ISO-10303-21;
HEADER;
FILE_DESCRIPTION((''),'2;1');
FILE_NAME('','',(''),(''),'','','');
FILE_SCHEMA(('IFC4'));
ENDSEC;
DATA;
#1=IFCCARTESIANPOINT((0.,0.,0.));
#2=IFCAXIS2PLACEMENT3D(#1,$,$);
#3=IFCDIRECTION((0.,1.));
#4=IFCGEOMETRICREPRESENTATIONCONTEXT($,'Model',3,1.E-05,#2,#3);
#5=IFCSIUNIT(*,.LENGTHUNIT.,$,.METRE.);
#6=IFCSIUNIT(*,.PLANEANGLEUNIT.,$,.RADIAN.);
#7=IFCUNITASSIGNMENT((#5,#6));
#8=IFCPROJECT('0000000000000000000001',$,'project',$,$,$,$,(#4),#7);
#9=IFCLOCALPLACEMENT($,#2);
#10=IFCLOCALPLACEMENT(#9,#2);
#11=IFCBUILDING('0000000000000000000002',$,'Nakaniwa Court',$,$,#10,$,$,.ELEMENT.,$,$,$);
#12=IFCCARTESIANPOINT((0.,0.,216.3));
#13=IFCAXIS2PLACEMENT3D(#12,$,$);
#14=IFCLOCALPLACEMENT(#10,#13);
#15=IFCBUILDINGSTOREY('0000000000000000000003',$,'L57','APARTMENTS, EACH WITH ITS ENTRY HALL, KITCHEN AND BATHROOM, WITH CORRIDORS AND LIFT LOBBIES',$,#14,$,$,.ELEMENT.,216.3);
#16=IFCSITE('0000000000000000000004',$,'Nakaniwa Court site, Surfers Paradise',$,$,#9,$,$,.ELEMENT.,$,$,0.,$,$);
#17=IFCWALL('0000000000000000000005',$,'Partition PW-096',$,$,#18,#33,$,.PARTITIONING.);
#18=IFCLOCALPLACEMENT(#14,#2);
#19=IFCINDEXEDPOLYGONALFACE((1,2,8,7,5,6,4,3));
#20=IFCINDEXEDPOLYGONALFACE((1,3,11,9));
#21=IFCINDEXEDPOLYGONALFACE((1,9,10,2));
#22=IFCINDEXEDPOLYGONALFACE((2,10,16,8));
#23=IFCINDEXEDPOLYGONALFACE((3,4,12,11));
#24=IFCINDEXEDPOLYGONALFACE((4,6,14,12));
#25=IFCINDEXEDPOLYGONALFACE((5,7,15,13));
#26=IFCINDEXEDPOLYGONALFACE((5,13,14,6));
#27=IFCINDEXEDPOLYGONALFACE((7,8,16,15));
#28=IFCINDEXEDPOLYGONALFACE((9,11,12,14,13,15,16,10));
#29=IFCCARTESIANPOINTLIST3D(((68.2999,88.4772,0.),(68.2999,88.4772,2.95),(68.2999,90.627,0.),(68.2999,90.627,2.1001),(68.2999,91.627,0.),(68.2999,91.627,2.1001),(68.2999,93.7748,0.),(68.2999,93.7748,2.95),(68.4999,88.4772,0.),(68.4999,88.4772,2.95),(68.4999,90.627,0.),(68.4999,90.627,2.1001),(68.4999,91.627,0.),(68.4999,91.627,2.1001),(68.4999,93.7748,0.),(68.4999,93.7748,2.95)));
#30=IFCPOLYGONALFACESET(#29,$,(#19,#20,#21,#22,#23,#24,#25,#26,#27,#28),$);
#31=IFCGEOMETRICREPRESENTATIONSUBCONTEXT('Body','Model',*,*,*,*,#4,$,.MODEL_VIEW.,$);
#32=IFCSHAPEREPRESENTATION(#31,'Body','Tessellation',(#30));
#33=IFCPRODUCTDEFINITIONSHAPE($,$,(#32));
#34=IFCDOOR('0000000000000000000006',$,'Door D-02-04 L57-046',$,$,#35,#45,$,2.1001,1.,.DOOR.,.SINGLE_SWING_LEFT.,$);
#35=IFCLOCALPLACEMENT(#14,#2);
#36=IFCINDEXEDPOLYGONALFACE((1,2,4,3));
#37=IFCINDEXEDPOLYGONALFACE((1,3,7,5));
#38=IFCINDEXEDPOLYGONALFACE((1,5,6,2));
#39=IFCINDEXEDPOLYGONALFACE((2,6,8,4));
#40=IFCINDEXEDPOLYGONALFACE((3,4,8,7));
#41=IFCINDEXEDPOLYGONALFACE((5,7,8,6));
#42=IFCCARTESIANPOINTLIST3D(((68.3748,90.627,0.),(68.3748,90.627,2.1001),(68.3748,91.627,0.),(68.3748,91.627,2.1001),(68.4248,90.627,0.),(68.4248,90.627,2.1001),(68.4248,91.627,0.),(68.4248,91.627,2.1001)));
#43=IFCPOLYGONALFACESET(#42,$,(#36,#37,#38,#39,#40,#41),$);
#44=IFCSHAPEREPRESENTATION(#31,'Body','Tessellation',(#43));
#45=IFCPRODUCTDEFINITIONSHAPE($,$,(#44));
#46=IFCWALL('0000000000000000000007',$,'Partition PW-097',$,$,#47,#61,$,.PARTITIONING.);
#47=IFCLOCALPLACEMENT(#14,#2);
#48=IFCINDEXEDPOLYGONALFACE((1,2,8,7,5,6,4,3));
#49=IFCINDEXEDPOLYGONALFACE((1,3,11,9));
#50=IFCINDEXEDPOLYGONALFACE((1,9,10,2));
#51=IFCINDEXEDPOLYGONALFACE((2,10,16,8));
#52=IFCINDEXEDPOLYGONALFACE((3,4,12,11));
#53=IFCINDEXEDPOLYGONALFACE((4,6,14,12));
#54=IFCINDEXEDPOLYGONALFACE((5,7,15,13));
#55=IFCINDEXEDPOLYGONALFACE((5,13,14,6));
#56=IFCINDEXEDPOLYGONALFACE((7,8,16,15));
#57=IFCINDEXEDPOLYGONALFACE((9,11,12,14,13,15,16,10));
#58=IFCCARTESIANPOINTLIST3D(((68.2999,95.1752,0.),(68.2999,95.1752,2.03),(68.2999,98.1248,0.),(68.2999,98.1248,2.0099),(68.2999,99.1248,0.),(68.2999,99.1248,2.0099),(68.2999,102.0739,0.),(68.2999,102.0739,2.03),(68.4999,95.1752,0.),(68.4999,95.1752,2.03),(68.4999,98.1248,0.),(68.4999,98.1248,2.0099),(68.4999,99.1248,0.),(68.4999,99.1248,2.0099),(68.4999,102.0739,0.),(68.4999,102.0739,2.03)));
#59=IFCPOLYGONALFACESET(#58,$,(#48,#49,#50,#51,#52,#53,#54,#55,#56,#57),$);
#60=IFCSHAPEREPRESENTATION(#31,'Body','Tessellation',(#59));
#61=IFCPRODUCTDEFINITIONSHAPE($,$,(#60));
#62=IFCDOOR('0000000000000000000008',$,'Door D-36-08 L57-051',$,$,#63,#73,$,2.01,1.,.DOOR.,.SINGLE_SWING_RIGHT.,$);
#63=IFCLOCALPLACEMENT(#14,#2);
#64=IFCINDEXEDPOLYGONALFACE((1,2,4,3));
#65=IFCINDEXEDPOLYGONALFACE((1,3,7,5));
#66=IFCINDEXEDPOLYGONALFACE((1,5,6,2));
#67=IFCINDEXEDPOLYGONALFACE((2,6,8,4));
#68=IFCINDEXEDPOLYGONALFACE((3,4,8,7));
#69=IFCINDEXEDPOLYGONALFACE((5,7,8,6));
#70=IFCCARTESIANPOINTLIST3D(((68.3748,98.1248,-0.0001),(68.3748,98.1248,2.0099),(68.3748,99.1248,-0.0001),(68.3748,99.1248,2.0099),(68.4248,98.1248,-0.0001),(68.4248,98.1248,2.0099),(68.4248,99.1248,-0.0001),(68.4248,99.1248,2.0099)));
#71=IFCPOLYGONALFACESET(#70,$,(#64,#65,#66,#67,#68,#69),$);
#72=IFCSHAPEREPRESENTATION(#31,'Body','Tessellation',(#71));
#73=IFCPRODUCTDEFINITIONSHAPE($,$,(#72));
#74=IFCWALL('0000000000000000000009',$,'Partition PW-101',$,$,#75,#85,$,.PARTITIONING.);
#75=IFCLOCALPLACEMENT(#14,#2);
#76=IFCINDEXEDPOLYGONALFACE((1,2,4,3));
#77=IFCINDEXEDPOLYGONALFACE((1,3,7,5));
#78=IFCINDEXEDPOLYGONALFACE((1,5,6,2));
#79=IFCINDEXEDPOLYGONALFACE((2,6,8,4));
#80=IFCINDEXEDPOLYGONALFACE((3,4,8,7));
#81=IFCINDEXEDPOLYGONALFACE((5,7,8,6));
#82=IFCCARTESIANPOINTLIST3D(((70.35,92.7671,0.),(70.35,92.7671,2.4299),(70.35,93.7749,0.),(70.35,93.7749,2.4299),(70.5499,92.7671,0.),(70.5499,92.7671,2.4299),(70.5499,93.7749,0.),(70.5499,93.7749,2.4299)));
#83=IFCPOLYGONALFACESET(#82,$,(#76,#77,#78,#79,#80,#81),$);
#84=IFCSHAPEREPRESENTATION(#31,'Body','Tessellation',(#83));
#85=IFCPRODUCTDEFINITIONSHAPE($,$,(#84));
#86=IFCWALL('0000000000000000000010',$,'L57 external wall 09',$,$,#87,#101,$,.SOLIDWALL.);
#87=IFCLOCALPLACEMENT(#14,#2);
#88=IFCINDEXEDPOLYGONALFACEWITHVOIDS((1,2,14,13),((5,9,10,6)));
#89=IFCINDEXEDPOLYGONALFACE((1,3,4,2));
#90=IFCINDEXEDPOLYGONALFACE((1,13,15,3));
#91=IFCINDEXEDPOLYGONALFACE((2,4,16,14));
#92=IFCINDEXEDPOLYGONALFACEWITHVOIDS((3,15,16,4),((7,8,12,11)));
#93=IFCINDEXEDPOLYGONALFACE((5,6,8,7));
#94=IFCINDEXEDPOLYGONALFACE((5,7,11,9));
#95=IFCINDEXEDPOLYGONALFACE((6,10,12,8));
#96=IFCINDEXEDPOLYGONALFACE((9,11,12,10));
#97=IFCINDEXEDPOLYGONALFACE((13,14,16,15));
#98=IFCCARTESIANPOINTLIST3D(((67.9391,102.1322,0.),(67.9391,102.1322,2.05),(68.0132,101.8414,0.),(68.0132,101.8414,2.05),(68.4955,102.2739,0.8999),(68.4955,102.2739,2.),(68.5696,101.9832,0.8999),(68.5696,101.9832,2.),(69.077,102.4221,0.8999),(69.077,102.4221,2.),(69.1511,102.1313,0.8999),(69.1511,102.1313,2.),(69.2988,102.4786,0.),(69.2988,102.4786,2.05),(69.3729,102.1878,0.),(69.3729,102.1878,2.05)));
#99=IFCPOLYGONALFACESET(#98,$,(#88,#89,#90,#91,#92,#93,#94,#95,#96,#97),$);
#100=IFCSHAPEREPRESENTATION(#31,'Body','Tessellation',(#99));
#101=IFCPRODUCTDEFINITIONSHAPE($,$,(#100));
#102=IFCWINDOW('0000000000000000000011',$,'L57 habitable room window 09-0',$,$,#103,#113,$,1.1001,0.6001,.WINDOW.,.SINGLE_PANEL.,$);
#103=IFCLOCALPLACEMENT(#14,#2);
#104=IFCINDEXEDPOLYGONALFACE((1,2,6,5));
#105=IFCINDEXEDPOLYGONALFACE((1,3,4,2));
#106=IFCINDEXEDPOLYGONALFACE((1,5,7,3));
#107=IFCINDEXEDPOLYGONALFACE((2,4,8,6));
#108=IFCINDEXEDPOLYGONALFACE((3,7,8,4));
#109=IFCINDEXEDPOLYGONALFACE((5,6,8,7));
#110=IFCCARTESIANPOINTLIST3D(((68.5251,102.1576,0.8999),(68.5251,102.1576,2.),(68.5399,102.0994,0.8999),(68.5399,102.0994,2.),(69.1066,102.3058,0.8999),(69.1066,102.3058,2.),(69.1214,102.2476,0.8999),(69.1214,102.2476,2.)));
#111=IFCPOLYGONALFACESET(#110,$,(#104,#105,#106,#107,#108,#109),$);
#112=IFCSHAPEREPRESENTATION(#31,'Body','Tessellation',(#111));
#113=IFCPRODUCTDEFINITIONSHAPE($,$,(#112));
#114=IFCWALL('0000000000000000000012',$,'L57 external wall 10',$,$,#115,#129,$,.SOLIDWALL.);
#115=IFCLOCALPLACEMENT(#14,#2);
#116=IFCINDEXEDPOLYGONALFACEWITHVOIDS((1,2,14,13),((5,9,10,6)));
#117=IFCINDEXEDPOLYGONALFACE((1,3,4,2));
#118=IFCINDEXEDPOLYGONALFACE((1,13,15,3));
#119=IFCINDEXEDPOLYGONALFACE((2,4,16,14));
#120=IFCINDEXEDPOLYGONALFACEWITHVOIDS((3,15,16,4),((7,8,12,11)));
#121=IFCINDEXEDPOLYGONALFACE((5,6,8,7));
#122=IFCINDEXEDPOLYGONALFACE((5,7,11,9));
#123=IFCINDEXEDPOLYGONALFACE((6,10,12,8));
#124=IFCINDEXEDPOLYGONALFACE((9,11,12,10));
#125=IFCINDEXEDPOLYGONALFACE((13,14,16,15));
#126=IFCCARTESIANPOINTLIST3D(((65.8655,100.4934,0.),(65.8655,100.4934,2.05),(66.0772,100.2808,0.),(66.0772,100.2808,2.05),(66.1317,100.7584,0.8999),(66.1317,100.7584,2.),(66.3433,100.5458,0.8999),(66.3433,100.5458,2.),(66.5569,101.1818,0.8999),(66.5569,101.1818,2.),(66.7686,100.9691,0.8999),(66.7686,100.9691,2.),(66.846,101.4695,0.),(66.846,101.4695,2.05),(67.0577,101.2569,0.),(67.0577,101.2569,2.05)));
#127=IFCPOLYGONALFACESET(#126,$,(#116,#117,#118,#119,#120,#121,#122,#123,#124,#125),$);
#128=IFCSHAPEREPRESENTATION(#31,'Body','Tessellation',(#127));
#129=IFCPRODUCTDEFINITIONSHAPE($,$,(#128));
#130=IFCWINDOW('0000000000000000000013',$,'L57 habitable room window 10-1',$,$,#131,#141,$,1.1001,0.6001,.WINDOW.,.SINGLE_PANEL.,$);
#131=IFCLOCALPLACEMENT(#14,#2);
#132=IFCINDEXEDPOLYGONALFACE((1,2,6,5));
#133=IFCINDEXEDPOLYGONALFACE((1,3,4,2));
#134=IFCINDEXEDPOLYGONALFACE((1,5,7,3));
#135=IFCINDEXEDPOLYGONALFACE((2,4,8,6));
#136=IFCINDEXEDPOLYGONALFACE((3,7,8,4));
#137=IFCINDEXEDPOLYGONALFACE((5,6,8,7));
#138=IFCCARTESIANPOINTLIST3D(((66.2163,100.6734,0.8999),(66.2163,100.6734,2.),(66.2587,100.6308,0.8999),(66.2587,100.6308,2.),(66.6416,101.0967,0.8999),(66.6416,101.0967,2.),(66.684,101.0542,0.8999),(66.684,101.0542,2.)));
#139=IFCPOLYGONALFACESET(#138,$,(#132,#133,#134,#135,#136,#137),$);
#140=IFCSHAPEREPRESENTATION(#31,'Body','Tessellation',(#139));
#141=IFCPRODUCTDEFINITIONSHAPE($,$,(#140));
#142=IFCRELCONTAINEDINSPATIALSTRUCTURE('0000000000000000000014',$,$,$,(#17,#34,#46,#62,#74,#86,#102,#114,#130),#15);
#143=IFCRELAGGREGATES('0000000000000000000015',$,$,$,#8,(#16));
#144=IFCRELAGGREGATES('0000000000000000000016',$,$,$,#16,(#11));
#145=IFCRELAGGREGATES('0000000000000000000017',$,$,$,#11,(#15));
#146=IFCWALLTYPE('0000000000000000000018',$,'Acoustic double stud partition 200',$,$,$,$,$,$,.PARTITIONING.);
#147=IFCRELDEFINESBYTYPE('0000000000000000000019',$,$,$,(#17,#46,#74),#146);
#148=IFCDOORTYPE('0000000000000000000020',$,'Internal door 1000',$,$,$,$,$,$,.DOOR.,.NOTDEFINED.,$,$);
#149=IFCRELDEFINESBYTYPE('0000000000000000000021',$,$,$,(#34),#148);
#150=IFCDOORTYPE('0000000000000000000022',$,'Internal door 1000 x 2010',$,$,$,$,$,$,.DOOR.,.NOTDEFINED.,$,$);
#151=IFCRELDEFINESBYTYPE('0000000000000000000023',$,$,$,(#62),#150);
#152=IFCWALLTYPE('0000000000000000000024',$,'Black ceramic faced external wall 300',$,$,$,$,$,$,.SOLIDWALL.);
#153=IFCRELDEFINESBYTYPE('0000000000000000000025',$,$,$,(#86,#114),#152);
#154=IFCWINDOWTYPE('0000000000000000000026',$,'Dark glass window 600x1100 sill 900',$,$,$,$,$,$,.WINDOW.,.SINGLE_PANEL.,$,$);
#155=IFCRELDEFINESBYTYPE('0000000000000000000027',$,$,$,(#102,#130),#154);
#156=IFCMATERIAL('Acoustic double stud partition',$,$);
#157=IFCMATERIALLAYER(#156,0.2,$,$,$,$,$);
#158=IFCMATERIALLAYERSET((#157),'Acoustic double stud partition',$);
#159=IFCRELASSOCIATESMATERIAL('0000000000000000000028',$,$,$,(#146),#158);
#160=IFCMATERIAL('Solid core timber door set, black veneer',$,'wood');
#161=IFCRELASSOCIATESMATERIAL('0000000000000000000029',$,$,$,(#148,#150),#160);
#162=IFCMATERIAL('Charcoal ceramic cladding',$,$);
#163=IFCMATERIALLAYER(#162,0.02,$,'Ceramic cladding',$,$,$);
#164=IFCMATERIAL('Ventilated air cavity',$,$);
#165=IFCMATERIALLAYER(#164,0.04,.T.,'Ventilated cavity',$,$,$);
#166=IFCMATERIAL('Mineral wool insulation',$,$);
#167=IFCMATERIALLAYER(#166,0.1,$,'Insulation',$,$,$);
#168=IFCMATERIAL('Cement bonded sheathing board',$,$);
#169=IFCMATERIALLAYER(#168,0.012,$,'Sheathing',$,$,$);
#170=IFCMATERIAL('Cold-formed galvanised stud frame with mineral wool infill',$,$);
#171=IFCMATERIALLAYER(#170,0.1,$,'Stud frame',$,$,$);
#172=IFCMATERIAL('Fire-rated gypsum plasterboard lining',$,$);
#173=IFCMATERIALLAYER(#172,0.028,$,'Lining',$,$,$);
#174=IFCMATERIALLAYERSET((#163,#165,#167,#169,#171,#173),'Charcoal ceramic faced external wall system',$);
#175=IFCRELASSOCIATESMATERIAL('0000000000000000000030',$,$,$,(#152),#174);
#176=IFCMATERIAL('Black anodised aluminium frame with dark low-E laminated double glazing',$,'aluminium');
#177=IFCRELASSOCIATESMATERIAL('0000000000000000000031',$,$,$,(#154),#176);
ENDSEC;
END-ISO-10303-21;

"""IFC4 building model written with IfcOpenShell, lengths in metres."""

from ifc_helpers import new_model, si_unit, direction, frame, frame_2d, origin, place, context, subcontext, project, spatial, rectangle, extrude, material, layer, layer_set, type_object, element, fill, save


model = new_model("IFC4")

# Units and contexts
model_context = context("Model", 3, precision=1e-05, world=origin(), true_north=direction((0.0, 1.0)))
body_context = subcontext(model_context, "Body", "Model", "MODEL_VIEW")
ifc_project = project(units=[si_unit("LENGTHUNIT", "METRE"), si_unit("PLANEANGLEUNIT", "RADIAN")], contexts=[model_context])

# Site, building, storey
site_placement = place(None, origin())
site = spatial("IfcSite", under=ifc_project, at=site_placement, Name="Nakaniwa Court site, Surfers Paradise", CompositionType="ELEMENT", RefElevation=0.0)
building_placement = place(site_placement, origin())
building = spatial("IfcBuilding", under=site, at=building_placement, Name="Nakaniwa Court", CompositionType="ELEMENT")
storey_placement = place(building_placement, frame((0.0, 0.0, 216.3)))
storey = spatial("IfcBuildingStorey", under=building, at=storey_placement, Name="L57", Description="APARTMENTS, EACH WITH ITS ENTRY HALL, KITCHEN AND BATHROOM, WITH CORRIDORS AND LIFT LOBBIES", CompositionType="ELEMENT", Elevation=216.3)

# Shared definitions
ifc_material_1 = material(Name="Acoustic double stud partition")
ifc_layer_1 = layer(ifc_material_1, 0.2)
ifc_layer_set_1 = layer_set([ifc_layer_1], Name="Acoustic double stud partition")
wall_type_1 = type_object("IfcWallType", Name="Acoustic double stud partition 200", PredefinedType="PARTITIONING", material=ifc_layer_set_1)

# Walls, openings, doors
wall_1_placement = place(storey_placement, frame((68.3999, 93.7749, 0.0), z_axis=(0.0, 0.0, 1.0), x_axis=(0.0, -1.0, 0.0)))
wall_1 = element("IfcWall", 1, at=wall_1_placement, inside=storey, type_object=wall_type_1, Name="Partition PW-096", PredefinedType="PARTITIONING", context=body_context, shape_type="SweptSolid", body=[
    extrude(rectangle(XDim=5.2976, YDim=0.2, at=frame_2d((2.6489, 0.0))), origin(), (0.0, 0.0, 1.0), 2.95),
])
opening_1_placement = place(wall_1_placement, frame((2.1479, 0.0, 0.0)))
opening_1 = element("IfcOpeningElement", 2, at=opening_1_placement, cuts=wall_1, PredefinedType="OPENING", context=body_context, shape_type="SweptSolid", body=[
    extrude(rectangle(XDim=1.0, YDim=2.1001, at=frame_2d((0.5, 1.05))), frame((0.0, 0.1099, 0.0), z_axis=(0.0, -1.0, 0.0), x_axis=(1.0, 0.0, 0.0)), (0.0, 0.0, 1.0), 0.22),
])
ifc_material_2 = material(Name="Solid core timber door set, black veneer", Category="wood")
door_type_1 = type_object("IfcDoorType", Name="Internal door 1000", OperationType="NOTDEFINED", PredefinedType="DOOR", material=ifc_material_2)
door_1_placement = place(opening_1_placement, origin())
door_1 = element("IfcDoor", 3, at=door_1_placement, inside=storey, type_object=door_type_1, Name="Door D-02-04 L57-046", OperationType="SINGLE_SWING_LEFT", OverallHeight=2.1001, OverallWidth=1.0, PredefinedType="DOOR", context=body_context, shape_type="SweptSolid", body=[
    extrude(rectangle(XDim=1.0, YDim=2.1001, at=frame_2d((0.5, 1.05))), frame((0.0, 0.0249, 0.0), z_axis=(0.0, -1.0, 0.0), x_axis=(1.0, 0.0, 0.0)), (0.0, 0.0, 1.0), 0.05),
])
fill(opening_1, door_1)
wall_2_placement = place(storey_placement, frame((68.3999, 102.0737, 0.0), z_axis=(0.0, 0.0, 1.0), x_axis=(0.0, -1.0, 0.0)))
wall_2 = element("IfcWall", 4, at=wall_2_placement, inside=storey, type_object=wall_type_1, Name="Partition PW-097", PredefinedType="PARTITIONING", context=body_context, shape_type="SweptSolid", body=[
    extrude(rectangle(XDim=6.8987, YDim=0.2, at=frame_2d((3.4492, 0.0))), origin(), (0.0, 0.0, 1.0), 2.03),
])
opening_2_placement = place(wall_2_placement, frame((2.949, 0.0, 0.0)))
opening_2 = element("IfcOpeningElement", 5, at=opening_2_placement, cuts=wall_2, PredefinedType="OPENING", context=body_context, shape_type="SweptSolid", body=[
    extrude(rectangle(XDim=1.0, YDim=2.01, at=frame_2d((0.5, 1.0049))), frame((0.0, 0.1099, 0.0), z_axis=(0.0, -1.0, 0.0), x_axis=(1.0, 0.0, 0.0)), (0.0, 0.0, 1.0), 0.22),
])
door_type_2 = type_object("IfcDoorType", Name="Internal door 1000 x 2010", OperationType="NOTDEFINED", PredefinedType="DOOR", material=ifc_material_2)
door_2_placement = place(opening_2_placement, origin())
door_2 = element("IfcDoor", 6, at=door_2_placement, inside=storey, type_object=door_type_2, Name="Door D-36-08 L57-051", OperationType="SINGLE_SWING_RIGHT", OverallHeight=2.01, OverallWidth=1.0, PredefinedType="DOOR", context=body_context, shape_type="SweptSolid", body=[
    extrude(rectangle(XDim=1.0, YDim=2.01, at=frame_2d((0.5, 1.0049))), frame((0.0, 0.0249, 0.0), z_axis=(0.0, -1.0, 0.0), x_axis=(1.0, 0.0, 0.0)), (0.0, 0.0, 1.0), 0.05),
])
fill(opening_2, door_2)

# Wall
wall_3_placement = place(storey_placement, frame((70.45, 92.7671, 0.0), z_axis=(0.0, 0.0, 1.0), x_axis=(0.0, 1.0, 0.0)))
element("IfcWall", 7, at=wall_3_placement, inside=storey, type_object=wall_type_1, Name="Partition PW-101", PredefinedType="PARTITIONING", context=body_context, shape_type="SweptSolid", body=[
    extrude(rectangle(XDim=1.0078, YDim=0.2, at=frame_2d((0.5039, 0.0))), origin(), (0.0, 0.0, 1.0), 2.4299),
])

# Walls, openings, windows
ifc_material_3 = material(Name="Charcoal ceramic cladding")
ifc_layer_2 = layer(ifc_material_3, 0.02, Name="Ceramic cladding")
ifc_material_4 = material(Name="Ventilated air cavity")
ifc_layer_3 = layer(ifc_material_4, 0.04, ventilated=True, Name="Ventilated cavity")
ifc_material_5 = material(Name="Mineral wool insulation")
ifc_layer_4 = layer(ifc_material_5, 0.1, Name="Insulation")
ifc_material_6 = material(Name="Cement bonded sheathing board")
ifc_layer_5 = layer(ifc_material_6, 0.012, Name="Sheathing")
ifc_material_7 = material(Name="Cold-formed galvanised stud frame with mineral wool infill")
ifc_layer_6 = layer(ifc_material_7, 0.1, Name="Stud frame")
ifc_material_8 = material(Name="Fire-rated gypsum plasterboard lining")
ifc_layer_7 = layer(ifc_material_8, 0.028, Name="Lining")
ifc_layer_set_2 = layer_set([ifc_layer_2, ifc_layer_3, ifc_layer_4, ifc_layer_5, ifc_layer_6, ifc_layer_7], Name="Charcoal ceramic faced external wall system")
wall_type_2 = type_object("IfcWallType", Name="Black ceramic faced external wall 300", PredefinedType="SOLIDWALL", material=ifc_layer_set_2)
wall_4_placement = place(storey_placement, frame((69.3359, 102.3333, 0.0), z_axis=(0.0, 0.0, 1.0), x_axis=(-0.969037, -0.246914, 0.0)))
wall_4 = element("IfcWall", 8, at=wall_4_placement, inside=storey, type_object=wall_type_2, Name="L57 external wall 09", PredefinedType="SOLIDWALL", context=body_context, shape_type="SweptSolid", body=[
    extrude(rectangle(XDim=1.4031, YDim=0.3, at=frame_2d((0.7017, 0.0))), origin(), (0.0, 0.0, 1.0), 2.05),
])
opening_3_placement = place(wall_4_placement, frame((0.229, 0.0, 0.8999)))
opening_3 = element("IfcOpeningElement", 9, at=opening_3_placement, cuts=wall_4, PredefinedType="OPENING", context=body_context, shape_type="SweptSolid", body=[
    extrude(rectangle(XDim=0.6001, YDim=1.1001, at=frame_2d((0.3, 0.55))), frame((0.0, 0.1599, 0.0), z_axis=(0.0, -1.0, 0.0), x_axis=(1.0, 0.0, 0.0)), (0.0, 0.0, 1.0), 0.3201),
])
ifc_material_9 = material(Name="Black anodised aluminium frame with dark low-E laminated double glazing", Category="aluminium")
window_type_1 = type_object("IfcWindowType", Name="Dark glass window 600x1100 sill 900", PartitioningType="SINGLE_PANEL", PredefinedType="WINDOW", material=ifc_material_9)
window_1_placement = place(opening_3_placement, origin())
window_1 = element("IfcWindow", 10, at=window_1_placement, inside=storey, type_object=window_type_1, Name="L57 habitable room window 09-0", OverallHeight=1.1001, OverallWidth=0.6001, PartitioningType="SINGLE_PANEL", PredefinedType="WINDOW", context=body_context, shape_type="SweptSolid", body=[
    extrude(rectangle(XDim=0.6001, YDim=1.1001, at=frame_2d((0.3, 0.55))), frame((0.0, 0.03, 0.0), z_axis=(0.0, -1.0, 0.0), x_axis=(1.0, 0.0, 0.0)), (0.0, 0.0, 1.0), 0.0601),
])
fill(opening_3, window_1)
wall_5_placement = place(storey_placement, frame((66.9519, 101.3633, 0.0), z_axis=(0.0, 0.0, 1.0), x_axis=(-0.708693, -0.705517, 0.0)))
wall_5 = element("IfcWall", 11, at=wall_5_placement, inside=storey, type_object=wall_type_2, Name="L57 external wall 10", PredefinedType="SOLIDWALL", context=body_context, shape_type="SweptSolid", body=[
    extrude(rectangle(XDim=1.3835, YDim=0.3, at=frame_2d((0.6919, 0.0))), origin(), (0.0, 0.0, 1.0), 2.05),
])
opening_4_placement = place(wall_5_placement, frame((0.408, 0.0, 0.8999)))
opening_4 = element("IfcOpeningElement", 12, at=opening_4_placement, cuts=wall_5, PredefinedType="OPENING", context=body_context, shape_type="SweptSolid", body=[
    extrude(rectangle(XDim=0.6001, YDim=1.1001, at=frame_2d((0.3, 0.55))), frame((0.0, 0.1599, 0.0), z_axis=(0.0, -1.0, 0.0), x_axis=(1.0, 0.0, 0.0)), (0.0, 0.0, 1.0), 0.3201),
])
window_2_placement = place(opening_4_placement, origin())
window_2 = element("IfcWindow", 13, at=window_2_placement, inside=storey, type_object=window_type_1, Name="L57 habitable room window 10-1", OverallHeight=1.1001, OverallWidth=0.6001, PartitioningType="SINGLE_PANEL", PredefinedType="WINDOW", context=body_context, shape_type="SweptSolid", body=[
    extrude(rectangle(XDim=0.6001, YDim=1.1001, at=frame_2d((0.3, 0.55))), frame((0.0, 0.03, 0.0), z_axis=(0.0, -1.0, 0.0), x_axis=(1.0, 0.0, 0.0)), (0.0, 0.0, 1.0), 0.0601),
])
fill(opening_4, window_2)

save(model, "model.ifc")
